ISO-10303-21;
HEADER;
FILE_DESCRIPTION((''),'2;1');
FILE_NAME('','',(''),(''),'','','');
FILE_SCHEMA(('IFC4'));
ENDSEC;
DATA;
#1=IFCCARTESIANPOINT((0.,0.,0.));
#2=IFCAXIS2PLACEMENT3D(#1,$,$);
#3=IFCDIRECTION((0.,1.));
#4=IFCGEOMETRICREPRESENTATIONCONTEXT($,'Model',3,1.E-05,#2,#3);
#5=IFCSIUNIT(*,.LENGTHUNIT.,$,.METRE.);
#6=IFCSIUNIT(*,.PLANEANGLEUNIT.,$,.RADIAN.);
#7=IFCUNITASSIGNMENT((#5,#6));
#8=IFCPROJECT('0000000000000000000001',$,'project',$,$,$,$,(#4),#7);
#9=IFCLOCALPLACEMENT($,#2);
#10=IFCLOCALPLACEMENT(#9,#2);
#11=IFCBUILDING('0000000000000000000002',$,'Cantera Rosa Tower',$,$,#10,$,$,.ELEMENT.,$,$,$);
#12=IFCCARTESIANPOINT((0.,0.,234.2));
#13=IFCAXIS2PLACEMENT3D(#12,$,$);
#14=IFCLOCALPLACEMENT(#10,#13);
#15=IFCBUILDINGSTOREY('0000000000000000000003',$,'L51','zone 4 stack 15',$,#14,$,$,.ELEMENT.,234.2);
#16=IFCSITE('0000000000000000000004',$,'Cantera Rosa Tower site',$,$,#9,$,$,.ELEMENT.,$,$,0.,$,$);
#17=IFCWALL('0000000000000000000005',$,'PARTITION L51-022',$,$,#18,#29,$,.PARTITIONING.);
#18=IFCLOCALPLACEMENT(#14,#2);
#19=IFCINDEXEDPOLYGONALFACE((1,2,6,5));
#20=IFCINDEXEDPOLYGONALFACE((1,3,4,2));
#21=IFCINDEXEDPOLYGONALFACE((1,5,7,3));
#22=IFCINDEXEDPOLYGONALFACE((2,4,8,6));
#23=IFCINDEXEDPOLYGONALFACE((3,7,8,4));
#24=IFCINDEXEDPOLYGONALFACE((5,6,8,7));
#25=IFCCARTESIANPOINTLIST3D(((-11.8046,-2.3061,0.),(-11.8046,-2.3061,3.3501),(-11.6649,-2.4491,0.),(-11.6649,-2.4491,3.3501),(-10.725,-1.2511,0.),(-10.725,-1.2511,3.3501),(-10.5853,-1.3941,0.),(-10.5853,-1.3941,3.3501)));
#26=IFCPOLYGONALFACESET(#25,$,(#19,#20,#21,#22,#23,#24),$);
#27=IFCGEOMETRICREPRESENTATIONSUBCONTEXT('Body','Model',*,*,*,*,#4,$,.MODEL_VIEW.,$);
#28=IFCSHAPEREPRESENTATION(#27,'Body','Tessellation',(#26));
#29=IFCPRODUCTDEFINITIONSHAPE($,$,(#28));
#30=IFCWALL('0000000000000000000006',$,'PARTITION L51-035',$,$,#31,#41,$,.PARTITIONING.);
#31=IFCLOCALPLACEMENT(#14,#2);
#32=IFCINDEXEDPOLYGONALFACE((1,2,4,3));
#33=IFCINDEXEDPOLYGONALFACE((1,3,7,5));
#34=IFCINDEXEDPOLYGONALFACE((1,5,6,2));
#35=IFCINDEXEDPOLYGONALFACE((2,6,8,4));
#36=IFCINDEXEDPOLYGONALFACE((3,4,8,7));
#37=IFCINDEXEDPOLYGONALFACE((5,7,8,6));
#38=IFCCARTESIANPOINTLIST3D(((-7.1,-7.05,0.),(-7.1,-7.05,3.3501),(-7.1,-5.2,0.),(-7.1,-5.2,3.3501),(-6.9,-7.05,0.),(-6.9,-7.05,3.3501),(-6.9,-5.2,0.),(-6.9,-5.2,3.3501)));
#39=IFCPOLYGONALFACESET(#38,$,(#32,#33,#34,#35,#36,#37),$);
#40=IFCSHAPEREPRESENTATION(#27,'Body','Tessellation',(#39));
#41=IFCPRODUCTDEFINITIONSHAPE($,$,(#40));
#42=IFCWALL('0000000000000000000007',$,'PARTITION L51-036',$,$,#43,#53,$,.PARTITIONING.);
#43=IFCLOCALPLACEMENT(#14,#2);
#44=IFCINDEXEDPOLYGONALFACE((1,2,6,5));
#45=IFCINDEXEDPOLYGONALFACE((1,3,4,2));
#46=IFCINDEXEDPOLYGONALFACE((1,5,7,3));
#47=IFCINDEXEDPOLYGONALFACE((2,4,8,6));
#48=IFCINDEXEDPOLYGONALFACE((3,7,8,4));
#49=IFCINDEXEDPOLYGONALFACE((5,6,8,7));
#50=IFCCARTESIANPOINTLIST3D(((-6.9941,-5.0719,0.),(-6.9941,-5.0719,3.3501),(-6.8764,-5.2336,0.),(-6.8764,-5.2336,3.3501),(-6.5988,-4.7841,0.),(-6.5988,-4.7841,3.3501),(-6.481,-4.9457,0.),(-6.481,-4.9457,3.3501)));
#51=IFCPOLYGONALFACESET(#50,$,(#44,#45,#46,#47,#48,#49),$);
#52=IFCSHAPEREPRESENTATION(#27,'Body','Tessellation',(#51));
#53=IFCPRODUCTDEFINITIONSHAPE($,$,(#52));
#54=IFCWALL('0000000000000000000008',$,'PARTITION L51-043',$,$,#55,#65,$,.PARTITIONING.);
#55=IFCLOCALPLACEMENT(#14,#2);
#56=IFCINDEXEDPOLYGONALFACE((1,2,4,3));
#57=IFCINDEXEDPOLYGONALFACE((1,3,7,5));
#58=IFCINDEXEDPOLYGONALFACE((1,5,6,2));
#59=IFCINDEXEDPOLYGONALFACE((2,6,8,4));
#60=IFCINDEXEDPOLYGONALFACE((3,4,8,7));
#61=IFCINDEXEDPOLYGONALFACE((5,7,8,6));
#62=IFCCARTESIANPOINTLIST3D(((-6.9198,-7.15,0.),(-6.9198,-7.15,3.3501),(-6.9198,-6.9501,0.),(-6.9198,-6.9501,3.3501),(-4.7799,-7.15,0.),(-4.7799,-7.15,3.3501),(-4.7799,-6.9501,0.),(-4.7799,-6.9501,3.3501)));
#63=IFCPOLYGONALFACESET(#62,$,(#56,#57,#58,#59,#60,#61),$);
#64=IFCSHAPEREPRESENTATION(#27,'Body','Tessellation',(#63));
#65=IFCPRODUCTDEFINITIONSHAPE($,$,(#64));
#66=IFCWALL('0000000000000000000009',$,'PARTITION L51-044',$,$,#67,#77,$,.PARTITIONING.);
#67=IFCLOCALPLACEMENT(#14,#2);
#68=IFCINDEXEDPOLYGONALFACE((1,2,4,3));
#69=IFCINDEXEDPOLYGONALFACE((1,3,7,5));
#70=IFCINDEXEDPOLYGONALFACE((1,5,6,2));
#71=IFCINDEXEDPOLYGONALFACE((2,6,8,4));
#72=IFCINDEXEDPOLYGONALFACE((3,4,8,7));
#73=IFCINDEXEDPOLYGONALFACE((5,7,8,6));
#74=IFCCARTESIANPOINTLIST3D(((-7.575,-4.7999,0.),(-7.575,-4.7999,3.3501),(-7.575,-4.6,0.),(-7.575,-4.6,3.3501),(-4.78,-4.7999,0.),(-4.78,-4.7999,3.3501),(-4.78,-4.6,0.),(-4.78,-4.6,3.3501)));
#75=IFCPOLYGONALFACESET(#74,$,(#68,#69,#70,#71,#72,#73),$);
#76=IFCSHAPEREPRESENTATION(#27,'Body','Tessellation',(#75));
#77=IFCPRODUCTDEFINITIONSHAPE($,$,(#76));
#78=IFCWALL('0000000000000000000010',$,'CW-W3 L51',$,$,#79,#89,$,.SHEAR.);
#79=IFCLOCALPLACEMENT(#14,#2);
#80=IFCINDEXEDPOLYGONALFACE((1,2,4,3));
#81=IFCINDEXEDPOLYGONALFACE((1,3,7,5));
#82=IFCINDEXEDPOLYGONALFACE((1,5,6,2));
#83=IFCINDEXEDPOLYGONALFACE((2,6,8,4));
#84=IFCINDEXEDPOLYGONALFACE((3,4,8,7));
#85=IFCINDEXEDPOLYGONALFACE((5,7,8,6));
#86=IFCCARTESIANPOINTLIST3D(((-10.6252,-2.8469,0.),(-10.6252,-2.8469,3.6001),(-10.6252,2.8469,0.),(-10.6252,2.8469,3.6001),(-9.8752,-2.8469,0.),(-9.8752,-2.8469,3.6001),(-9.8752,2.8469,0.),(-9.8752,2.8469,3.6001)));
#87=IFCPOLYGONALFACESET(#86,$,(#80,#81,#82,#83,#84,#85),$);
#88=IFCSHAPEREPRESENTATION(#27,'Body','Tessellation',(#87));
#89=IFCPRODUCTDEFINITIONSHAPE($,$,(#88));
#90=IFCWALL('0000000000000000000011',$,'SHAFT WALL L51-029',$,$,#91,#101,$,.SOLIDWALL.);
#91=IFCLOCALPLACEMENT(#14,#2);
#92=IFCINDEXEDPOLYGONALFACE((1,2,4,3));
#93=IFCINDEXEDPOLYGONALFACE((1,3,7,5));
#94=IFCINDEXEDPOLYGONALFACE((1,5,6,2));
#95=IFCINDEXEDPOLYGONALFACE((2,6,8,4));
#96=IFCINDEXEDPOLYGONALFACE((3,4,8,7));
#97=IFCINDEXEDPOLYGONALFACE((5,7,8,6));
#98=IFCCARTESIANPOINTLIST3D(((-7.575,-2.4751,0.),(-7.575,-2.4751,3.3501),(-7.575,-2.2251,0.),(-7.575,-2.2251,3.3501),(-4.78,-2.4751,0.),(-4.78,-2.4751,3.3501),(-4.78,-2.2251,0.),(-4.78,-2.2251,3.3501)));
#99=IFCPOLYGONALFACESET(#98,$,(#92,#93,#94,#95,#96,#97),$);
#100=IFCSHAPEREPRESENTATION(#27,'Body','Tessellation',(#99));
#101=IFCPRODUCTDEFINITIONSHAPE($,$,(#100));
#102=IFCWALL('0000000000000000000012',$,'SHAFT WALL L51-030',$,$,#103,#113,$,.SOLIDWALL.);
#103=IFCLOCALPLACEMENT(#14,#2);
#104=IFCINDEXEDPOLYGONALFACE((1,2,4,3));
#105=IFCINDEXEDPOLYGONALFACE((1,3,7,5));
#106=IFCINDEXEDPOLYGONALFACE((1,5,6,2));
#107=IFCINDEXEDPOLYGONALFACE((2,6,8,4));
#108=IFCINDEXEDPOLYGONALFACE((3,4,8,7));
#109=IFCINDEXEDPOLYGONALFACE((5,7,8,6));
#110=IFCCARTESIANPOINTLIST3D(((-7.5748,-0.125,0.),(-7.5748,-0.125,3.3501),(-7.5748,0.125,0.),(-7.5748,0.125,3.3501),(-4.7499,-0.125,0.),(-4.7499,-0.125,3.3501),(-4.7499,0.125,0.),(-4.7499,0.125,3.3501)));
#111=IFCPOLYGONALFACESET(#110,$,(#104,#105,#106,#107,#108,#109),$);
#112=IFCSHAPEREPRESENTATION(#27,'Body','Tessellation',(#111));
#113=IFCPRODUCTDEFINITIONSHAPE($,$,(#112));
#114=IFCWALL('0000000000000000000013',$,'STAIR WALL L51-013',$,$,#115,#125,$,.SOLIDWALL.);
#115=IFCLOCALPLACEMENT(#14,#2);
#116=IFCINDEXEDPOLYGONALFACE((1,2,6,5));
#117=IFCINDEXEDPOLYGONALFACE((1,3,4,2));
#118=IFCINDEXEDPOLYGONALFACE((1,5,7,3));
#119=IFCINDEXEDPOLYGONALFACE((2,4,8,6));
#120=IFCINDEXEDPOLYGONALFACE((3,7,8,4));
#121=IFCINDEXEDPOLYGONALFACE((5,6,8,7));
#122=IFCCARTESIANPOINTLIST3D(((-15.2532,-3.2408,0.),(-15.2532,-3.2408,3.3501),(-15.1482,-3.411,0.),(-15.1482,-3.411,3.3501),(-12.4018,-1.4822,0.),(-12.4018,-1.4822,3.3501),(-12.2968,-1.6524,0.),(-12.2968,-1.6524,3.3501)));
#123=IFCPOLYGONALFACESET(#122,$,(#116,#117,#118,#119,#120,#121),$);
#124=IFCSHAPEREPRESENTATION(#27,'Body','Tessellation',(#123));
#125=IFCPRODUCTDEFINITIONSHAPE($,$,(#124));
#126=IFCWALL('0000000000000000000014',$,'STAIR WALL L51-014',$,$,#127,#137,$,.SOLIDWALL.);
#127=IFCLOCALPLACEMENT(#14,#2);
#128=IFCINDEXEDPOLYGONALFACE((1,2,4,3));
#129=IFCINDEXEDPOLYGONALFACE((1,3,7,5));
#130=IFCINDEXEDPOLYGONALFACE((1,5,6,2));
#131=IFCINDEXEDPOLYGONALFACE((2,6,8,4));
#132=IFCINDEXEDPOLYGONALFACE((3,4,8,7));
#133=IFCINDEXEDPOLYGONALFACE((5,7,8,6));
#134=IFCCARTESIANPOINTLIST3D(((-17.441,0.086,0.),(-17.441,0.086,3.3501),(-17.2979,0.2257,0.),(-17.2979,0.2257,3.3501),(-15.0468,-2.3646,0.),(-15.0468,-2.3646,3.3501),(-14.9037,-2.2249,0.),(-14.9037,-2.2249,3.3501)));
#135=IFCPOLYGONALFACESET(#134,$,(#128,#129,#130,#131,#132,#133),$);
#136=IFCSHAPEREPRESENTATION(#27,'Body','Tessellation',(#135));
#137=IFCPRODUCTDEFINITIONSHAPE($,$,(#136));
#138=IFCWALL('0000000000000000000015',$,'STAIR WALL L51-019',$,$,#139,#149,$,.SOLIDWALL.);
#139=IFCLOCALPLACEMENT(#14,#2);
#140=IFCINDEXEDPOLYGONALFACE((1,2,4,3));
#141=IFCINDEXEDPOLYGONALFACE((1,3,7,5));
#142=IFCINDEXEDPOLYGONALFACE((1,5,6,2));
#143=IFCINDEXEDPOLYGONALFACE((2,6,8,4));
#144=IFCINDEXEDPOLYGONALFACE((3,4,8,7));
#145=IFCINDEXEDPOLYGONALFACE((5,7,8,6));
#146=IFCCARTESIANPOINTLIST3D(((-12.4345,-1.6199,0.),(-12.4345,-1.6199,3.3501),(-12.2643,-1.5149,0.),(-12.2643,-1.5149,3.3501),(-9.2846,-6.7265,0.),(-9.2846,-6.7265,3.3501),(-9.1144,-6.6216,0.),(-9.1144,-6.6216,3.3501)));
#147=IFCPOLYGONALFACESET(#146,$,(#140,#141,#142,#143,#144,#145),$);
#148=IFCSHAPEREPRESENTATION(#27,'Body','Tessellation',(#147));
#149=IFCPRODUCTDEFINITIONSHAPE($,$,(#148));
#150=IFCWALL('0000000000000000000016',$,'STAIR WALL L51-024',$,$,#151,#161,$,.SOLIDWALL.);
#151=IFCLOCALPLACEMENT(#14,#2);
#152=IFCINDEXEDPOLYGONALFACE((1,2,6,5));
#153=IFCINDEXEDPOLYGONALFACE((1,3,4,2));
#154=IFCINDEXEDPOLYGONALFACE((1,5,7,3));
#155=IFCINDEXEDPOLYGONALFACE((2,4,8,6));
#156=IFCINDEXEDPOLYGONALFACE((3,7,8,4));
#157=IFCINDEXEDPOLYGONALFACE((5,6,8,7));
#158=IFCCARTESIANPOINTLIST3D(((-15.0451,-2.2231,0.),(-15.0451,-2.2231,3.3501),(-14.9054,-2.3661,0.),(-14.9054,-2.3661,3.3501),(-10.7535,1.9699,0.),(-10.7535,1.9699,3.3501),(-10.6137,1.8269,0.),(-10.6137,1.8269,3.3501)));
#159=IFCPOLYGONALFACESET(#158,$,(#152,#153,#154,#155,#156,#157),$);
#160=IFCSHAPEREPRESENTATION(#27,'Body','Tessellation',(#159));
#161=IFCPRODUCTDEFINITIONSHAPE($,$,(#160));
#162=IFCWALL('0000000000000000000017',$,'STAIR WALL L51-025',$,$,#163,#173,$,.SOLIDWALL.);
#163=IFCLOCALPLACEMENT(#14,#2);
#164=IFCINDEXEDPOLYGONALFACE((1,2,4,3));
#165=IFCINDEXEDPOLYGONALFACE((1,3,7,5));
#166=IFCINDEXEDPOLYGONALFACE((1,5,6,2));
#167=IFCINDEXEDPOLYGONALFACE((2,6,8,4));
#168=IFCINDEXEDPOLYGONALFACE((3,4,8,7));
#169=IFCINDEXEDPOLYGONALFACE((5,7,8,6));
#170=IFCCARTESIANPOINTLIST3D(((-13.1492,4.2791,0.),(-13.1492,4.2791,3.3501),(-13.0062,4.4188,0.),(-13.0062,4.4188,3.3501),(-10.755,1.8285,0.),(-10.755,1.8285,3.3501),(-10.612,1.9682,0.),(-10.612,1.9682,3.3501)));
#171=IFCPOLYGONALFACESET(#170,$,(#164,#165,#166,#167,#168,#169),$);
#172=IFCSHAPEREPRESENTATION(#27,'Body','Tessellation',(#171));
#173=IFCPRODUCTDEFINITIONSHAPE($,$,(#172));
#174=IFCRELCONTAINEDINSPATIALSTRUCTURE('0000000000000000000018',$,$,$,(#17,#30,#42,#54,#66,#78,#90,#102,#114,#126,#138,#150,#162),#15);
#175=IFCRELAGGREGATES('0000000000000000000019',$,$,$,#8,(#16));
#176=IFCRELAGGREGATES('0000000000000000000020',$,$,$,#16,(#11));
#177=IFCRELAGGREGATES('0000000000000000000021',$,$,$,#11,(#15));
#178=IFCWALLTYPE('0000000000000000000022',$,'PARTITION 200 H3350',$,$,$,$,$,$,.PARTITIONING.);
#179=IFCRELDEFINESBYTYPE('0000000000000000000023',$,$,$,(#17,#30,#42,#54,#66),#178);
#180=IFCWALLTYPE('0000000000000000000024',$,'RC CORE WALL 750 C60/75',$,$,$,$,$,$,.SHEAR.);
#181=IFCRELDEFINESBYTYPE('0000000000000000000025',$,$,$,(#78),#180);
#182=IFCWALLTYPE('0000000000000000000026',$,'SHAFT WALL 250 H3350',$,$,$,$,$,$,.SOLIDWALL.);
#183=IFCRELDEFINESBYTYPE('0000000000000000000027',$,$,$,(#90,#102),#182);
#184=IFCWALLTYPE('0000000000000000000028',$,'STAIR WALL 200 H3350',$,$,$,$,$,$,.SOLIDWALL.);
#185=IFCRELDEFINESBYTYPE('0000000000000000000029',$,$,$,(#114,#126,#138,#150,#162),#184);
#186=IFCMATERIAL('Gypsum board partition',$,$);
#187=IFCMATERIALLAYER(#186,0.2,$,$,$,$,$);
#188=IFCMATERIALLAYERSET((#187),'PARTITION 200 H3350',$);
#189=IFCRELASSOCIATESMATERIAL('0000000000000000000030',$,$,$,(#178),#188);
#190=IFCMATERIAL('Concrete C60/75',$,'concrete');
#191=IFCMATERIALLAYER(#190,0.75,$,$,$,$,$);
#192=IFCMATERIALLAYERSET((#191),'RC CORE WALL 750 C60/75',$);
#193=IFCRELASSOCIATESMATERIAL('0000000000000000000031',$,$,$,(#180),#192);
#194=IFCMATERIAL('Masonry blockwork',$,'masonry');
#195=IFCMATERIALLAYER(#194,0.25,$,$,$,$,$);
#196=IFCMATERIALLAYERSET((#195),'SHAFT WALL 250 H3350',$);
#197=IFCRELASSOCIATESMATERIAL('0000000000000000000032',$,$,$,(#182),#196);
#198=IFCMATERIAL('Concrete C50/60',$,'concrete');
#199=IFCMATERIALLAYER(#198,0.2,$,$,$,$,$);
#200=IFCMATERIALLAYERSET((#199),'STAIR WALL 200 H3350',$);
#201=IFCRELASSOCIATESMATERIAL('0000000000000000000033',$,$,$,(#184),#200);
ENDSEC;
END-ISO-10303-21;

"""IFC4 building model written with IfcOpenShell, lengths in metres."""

from ifc_helpers import new_model, si_unit, direction, frame, frame_2d, origin, place, context, subcontext, project, spatial, rectangle, extrude, material, layer, layer_set, type_object, element, save


model = new_model("IFC4")

# Units and contexts
model_context = context("Model", 3, precision=1e-05, world=origin(), true_north=direction((0.0, 1.0)))
body_context = subcontext(model_context, "Body", "Model", "MODEL_VIEW")
ifc_project = project(units=[si_unit("LENGTHUNIT", "METRE"), si_unit("PLANEANGLEUNIT", "RADIAN")], contexts=[model_context])

# Site, building, storey
site_placement = place(None, origin())
site = spatial("IfcSite", under=ifc_project, at=site_placement, Name="Cantera Rosa Tower site", CompositionType="ELEMENT", RefElevation=0.0)
building_placement = place(site_placement, origin())
building = spatial("IfcBuilding", under=site, at=building_placement, Name="Cantera Rosa Tower", CompositionType="ELEMENT")
storey_placement = place(building_placement, frame((0.0, 0.0, 234.2)))
storey = spatial("IfcBuildingStorey", under=building, at=storey_placement, Name="L51", Description="zone 4 stack 15", CompositionType="ELEMENT", Elevation=234.2)

# Walls
ifc_material_1 = material(Name="Gypsum board partition")
ifc_layer_1 = layer(ifc_material_1, 0.2)
ifc_layer_set_1 = layer_set([ifc_layer_1], Name="PARTITION 200 H3350")
wall_type_1 = type_object("IfcWallType", Name="PARTITION 200 H3350", PredefinedType="PARTITIONING", material=ifc_layer_set_1)
wall_1_placement = place(storey_placement, frame((-11.7349, -2.3777, 0.0), z_axis=(0.0, 0.0, 1.0), x_axis=(0.715228, 0.698892, 0.0)))
element("IfcWall", 1, at=wall_1_placement, inside=storey, type_object=wall_type_1, Name="PARTITION L51-022", PredefinedType="PARTITIONING", context=body_context, shape_type="SweptSolid", body=[
    extrude(rectangle(XDim=1.5095, YDim=0.2, at=frame_2d((0.7549, 0.0))), origin(), (0.0, 0.0, 1.0), 3.3501),
])
wall_2_placement = place(storey_placement, frame((-7.0, -7.05, 0.0), z_axis=(0.0, 0.0, 1.0), x_axis=(0.0, 1.0, 0.0)))
element("IfcWall", 2, at=wall_2_placement, inside=storey, type_object=wall_type_1, Name="PARTITION L51-035", PredefinedType="PARTITIONING", context=body_context, shape_type="SweptSolid", body=[
    extrude(rectangle(XDim=1.8501, YDim=0.2, at=frame_2d((0.925, 0.0))), origin(), (0.0, 0.0, 1.0), 3.3501),
])
wall_3_placement = place(storey_placement, frame((-6.9353, -5.1528, 0.0), z_axis=(0.0, 0.0, 1.0), x_axis=(0.808369, 0.588676, 0.0)))
element("IfcWall", 3, at=wall_3_placement, inside=storey, type_object=wall_type_1, Name="PARTITION L51-036", PredefinedType="PARTITIONING", context=body_context, shape_type="SweptSolid", body=[
    extrude(rectangle(XDim=0.489, YDim=0.2, at=frame_2d((0.2446, 0.0))), origin(), (0.0, 0.0, 1.0), 3.3501),
])
wall_4_placement = place(storey_placement, frame((-4.78, -7.05, 0.0), z_axis=(0.0, 0.0, 1.0), x_axis=(-1.0, 0.0, 0.0)))
element("IfcWall", 4, at=wall_4_placement, inside=storey, type_object=wall_type_1, Name="PARTITION L51-043", PredefinedType="PARTITIONING", context=body_context, shape_type="SweptSolid", body=[
    extrude(rectangle(XDim=2.1399, YDim=0.2, at=frame_2d((1.0698, 0.0))), origin(), (0.0, 0.0, 1.0), 3.3501),
])
wall_5_placement = place(storey_placement, frame((-4.78, -4.7, 0.0), z_axis=(0.0, 0.0, 1.0), x_axis=(-1.0, 0.0, 0.0)))
element("IfcWall", 5, at=wall_5_placement, inside=storey, type_object=wall_type_1, Name="PARTITION L51-044", PredefinedType="PARTITIONING", context=body_context, shape_type="SweptSolid", body=[
    extrude(rectangle(XDim=2.7949, YDim=0.2, at=frame_2d((1.3975, 0.0))), origin(), (0.0, 0.0, 1.0), 3.3501),
])
ifc_material_2 = material(Name="Concrete C60/75", Category="concrete")
ifc_layer_2 = layer(ifc_material_2, 0.75)
ifc_layer_set_2 = layer_set([ifc_layer_2], Name="RC CORE WALL 750 C60/75")
wall_type_2 = type_object("IfcWallType", Name="RC CORE WALL 750 C60/75", PredefinedType="SHEAR", material=ifc_layer_set_2)
wall_6_placement = place(storey_placement, frame((-10.2502, -2.8469, 0.0), z_axis=(0.0, 0.0, 1.0), x_axis=(0.0, 1.0, 0.0)))
element("IfcWall", 6, at=wall_6_placement, inside=storey, type_object=wall_type_2, Name="CW-W3 L51", PredefinedType="SHEAR", context=body_context, shape_type="SweptSolid", body=[
    extrude(rectangle(XDim=5.6938, YDim=0.75, at=frame_2d((2.8469, 0.0))), origin(), (0.0, 0.0, 1.0), 3.6001),
])
ifc_material_3 = material(Name="Masonry blockwork", Category="masonry")
ifc_layer_3 = layer(ifc_material_3, 0.25)
ifc_layer_set_3 = layer_set([ifc_layer_3], Name="SHAFT WALL 250 H3350")
wall_type_3 = type_object("IfcWallType", Name="SHAFT WALL 250 H3350", PredefinedType="SOLIDWALL", material=ifc_layer_set_3)
wall_7_placement = place(storey_placement, frame((-7.575, -2.3501, 0.0), z_axis=(0.0, 0.0, 1.0), x_axis=(1.0, 0.0, 0.0)))
element("IfcWall", 7, at=wall_7_placement, inside=storey, type_object=wall_type_3, Name="SHAFT WALL L51-029", PredefinedType="SOLIDWALL", context=body_context, shape_type="SweptSolid", body=[
    extrude(rectangle(XDim=2.7949, YDim=0.25, at=frame_2d((1.3975, 0.0))), origin(), (0.0, 0.0, 1.0), 3.3501),
])
wall_8_placement = place(storey_placement, frame((-7.575, 0.0, 0.0), z_axis=(0.0, 0.0, 1.0), x_axis=(1.0, 0.0, 0.0)))
element("IfcWall", 8, at=wall_8_placement, inside=storey, type_object=wall_type_3, Name="SHAFT WALL L51-030", PredefinedType="SOLIDWALL", context=body_context, shape_type="SweptSolid", body=[
    extrude(rectangle(XDim=2.825, YDim=0.25, at=frame_2d((1.4126, 0.0))), origin(), (0.0, 0.0, 1.0), 3.3501),
])
ifc_material_4 = material(Name="Concrete C50/60", Category="concrete")
ifc_layer_4 = layer(ifc_material_4, 0.2)
ifc_layer_set_4 = layer_set([ifc_layer_4], Name="STAIR WALL 200 H3350")
wall_type_4 = type_object("IfcWallType", Name="STAIR WALL 200 H3350", PredefinedType="SOLIDWALL", material=ifc_layer_set_4)
wall_9_placement = place(storey_placement, frame((-15.2007, -3.3259, 0.0), z_axis=(0.0, 0.0, 1.0), x_axis=(0.85114, 0.524939, 0.0)))
element("IfcWall", 9, at=wall_9_placement, inside=storey, type_object=wall_type_4, Name="STAIR WALL L51-013", PredefinedType="SOLIDWALL", context=body_context, shape_type="SweptSolid", body=[
    extrude(rectangle(XDim=3.3501, YDim=0.2, at=frame_2d((1.675, 0.0))), origin(), (0.0, 0.0, 1.0), 3.3501),
])
wall_10_placement = place(storey_placement, frame((-14.9753, -2.2947, 0.0), z_axis=(0.0, 0.0, 1.0), x_axis=(-0.698829, 0.715289, 0.0)))
element("IfcWall", 10, at=wall_10_placement, inside=storey, type_object=wall_type_4, Name="STAIR WALL L51-014", PredefinedType="SOLIDWALL", context=body_context, shape_type="SweptSolid", body=[
    extrude(rectangle(XDim=3.426, YDim=0.2, at=frame_2d((1.7129, 0.0))), origin(), (0.0, 0.0, 1.0), 3.3501),
])
for number, where, z_axis, x_axis, name in (
    (11, (-12.3494, -1.5674, 0.0), (0.0, 0.0, 1.0), (0.524983, -0.851113, 0.0), "STAIR WALL L51-019"),
    (12, (-10.6836, 1.8984, 0.0), (0.0, 0.0, 1.0), (-0.715278, -0.69884, 0.0), "STAIR WALL L51-024"),
):
    element("IfcWall", number, at=place(storey_placement, frame(where, z_axis=z_axis, x_axis=x_axis)), inside=storey, type_object=wall_type_4, Name=name, PredefinedType="SOLIDWALL", context=body_context, shape_type="SweptSolid", body=[
        extrude(rectangle(XDim=6.0, YDim=0.2, at=frame_2d((3.0, 0.0))), origin(), (0.0, 0.0, 1.0), 3.3501),
    ])
wall_11_placement = place(storey_placement, frame((-10.6836, 1.8984, 0.0), z_axis=(0.0, 0.0, 1.0), x_axis=(-0.698829, 0.715289, 0.0)))
element("IfcWall", 13, at=wall_11_placement, inside=storey, type_object=wall_type_4, Name="STAIR WALL L51-025", PredefinedType="SOLIDWALL", context=body_context, shape_type="SweptSolid", body=[
    extrude(rectangle(XDim=3.426, YDim=0.2, at=frame_2d((1.7129, 0.0))), origin(), (0.0, 0.0, 1.0), 3.3501),
])

save(model, "model.ifc")
